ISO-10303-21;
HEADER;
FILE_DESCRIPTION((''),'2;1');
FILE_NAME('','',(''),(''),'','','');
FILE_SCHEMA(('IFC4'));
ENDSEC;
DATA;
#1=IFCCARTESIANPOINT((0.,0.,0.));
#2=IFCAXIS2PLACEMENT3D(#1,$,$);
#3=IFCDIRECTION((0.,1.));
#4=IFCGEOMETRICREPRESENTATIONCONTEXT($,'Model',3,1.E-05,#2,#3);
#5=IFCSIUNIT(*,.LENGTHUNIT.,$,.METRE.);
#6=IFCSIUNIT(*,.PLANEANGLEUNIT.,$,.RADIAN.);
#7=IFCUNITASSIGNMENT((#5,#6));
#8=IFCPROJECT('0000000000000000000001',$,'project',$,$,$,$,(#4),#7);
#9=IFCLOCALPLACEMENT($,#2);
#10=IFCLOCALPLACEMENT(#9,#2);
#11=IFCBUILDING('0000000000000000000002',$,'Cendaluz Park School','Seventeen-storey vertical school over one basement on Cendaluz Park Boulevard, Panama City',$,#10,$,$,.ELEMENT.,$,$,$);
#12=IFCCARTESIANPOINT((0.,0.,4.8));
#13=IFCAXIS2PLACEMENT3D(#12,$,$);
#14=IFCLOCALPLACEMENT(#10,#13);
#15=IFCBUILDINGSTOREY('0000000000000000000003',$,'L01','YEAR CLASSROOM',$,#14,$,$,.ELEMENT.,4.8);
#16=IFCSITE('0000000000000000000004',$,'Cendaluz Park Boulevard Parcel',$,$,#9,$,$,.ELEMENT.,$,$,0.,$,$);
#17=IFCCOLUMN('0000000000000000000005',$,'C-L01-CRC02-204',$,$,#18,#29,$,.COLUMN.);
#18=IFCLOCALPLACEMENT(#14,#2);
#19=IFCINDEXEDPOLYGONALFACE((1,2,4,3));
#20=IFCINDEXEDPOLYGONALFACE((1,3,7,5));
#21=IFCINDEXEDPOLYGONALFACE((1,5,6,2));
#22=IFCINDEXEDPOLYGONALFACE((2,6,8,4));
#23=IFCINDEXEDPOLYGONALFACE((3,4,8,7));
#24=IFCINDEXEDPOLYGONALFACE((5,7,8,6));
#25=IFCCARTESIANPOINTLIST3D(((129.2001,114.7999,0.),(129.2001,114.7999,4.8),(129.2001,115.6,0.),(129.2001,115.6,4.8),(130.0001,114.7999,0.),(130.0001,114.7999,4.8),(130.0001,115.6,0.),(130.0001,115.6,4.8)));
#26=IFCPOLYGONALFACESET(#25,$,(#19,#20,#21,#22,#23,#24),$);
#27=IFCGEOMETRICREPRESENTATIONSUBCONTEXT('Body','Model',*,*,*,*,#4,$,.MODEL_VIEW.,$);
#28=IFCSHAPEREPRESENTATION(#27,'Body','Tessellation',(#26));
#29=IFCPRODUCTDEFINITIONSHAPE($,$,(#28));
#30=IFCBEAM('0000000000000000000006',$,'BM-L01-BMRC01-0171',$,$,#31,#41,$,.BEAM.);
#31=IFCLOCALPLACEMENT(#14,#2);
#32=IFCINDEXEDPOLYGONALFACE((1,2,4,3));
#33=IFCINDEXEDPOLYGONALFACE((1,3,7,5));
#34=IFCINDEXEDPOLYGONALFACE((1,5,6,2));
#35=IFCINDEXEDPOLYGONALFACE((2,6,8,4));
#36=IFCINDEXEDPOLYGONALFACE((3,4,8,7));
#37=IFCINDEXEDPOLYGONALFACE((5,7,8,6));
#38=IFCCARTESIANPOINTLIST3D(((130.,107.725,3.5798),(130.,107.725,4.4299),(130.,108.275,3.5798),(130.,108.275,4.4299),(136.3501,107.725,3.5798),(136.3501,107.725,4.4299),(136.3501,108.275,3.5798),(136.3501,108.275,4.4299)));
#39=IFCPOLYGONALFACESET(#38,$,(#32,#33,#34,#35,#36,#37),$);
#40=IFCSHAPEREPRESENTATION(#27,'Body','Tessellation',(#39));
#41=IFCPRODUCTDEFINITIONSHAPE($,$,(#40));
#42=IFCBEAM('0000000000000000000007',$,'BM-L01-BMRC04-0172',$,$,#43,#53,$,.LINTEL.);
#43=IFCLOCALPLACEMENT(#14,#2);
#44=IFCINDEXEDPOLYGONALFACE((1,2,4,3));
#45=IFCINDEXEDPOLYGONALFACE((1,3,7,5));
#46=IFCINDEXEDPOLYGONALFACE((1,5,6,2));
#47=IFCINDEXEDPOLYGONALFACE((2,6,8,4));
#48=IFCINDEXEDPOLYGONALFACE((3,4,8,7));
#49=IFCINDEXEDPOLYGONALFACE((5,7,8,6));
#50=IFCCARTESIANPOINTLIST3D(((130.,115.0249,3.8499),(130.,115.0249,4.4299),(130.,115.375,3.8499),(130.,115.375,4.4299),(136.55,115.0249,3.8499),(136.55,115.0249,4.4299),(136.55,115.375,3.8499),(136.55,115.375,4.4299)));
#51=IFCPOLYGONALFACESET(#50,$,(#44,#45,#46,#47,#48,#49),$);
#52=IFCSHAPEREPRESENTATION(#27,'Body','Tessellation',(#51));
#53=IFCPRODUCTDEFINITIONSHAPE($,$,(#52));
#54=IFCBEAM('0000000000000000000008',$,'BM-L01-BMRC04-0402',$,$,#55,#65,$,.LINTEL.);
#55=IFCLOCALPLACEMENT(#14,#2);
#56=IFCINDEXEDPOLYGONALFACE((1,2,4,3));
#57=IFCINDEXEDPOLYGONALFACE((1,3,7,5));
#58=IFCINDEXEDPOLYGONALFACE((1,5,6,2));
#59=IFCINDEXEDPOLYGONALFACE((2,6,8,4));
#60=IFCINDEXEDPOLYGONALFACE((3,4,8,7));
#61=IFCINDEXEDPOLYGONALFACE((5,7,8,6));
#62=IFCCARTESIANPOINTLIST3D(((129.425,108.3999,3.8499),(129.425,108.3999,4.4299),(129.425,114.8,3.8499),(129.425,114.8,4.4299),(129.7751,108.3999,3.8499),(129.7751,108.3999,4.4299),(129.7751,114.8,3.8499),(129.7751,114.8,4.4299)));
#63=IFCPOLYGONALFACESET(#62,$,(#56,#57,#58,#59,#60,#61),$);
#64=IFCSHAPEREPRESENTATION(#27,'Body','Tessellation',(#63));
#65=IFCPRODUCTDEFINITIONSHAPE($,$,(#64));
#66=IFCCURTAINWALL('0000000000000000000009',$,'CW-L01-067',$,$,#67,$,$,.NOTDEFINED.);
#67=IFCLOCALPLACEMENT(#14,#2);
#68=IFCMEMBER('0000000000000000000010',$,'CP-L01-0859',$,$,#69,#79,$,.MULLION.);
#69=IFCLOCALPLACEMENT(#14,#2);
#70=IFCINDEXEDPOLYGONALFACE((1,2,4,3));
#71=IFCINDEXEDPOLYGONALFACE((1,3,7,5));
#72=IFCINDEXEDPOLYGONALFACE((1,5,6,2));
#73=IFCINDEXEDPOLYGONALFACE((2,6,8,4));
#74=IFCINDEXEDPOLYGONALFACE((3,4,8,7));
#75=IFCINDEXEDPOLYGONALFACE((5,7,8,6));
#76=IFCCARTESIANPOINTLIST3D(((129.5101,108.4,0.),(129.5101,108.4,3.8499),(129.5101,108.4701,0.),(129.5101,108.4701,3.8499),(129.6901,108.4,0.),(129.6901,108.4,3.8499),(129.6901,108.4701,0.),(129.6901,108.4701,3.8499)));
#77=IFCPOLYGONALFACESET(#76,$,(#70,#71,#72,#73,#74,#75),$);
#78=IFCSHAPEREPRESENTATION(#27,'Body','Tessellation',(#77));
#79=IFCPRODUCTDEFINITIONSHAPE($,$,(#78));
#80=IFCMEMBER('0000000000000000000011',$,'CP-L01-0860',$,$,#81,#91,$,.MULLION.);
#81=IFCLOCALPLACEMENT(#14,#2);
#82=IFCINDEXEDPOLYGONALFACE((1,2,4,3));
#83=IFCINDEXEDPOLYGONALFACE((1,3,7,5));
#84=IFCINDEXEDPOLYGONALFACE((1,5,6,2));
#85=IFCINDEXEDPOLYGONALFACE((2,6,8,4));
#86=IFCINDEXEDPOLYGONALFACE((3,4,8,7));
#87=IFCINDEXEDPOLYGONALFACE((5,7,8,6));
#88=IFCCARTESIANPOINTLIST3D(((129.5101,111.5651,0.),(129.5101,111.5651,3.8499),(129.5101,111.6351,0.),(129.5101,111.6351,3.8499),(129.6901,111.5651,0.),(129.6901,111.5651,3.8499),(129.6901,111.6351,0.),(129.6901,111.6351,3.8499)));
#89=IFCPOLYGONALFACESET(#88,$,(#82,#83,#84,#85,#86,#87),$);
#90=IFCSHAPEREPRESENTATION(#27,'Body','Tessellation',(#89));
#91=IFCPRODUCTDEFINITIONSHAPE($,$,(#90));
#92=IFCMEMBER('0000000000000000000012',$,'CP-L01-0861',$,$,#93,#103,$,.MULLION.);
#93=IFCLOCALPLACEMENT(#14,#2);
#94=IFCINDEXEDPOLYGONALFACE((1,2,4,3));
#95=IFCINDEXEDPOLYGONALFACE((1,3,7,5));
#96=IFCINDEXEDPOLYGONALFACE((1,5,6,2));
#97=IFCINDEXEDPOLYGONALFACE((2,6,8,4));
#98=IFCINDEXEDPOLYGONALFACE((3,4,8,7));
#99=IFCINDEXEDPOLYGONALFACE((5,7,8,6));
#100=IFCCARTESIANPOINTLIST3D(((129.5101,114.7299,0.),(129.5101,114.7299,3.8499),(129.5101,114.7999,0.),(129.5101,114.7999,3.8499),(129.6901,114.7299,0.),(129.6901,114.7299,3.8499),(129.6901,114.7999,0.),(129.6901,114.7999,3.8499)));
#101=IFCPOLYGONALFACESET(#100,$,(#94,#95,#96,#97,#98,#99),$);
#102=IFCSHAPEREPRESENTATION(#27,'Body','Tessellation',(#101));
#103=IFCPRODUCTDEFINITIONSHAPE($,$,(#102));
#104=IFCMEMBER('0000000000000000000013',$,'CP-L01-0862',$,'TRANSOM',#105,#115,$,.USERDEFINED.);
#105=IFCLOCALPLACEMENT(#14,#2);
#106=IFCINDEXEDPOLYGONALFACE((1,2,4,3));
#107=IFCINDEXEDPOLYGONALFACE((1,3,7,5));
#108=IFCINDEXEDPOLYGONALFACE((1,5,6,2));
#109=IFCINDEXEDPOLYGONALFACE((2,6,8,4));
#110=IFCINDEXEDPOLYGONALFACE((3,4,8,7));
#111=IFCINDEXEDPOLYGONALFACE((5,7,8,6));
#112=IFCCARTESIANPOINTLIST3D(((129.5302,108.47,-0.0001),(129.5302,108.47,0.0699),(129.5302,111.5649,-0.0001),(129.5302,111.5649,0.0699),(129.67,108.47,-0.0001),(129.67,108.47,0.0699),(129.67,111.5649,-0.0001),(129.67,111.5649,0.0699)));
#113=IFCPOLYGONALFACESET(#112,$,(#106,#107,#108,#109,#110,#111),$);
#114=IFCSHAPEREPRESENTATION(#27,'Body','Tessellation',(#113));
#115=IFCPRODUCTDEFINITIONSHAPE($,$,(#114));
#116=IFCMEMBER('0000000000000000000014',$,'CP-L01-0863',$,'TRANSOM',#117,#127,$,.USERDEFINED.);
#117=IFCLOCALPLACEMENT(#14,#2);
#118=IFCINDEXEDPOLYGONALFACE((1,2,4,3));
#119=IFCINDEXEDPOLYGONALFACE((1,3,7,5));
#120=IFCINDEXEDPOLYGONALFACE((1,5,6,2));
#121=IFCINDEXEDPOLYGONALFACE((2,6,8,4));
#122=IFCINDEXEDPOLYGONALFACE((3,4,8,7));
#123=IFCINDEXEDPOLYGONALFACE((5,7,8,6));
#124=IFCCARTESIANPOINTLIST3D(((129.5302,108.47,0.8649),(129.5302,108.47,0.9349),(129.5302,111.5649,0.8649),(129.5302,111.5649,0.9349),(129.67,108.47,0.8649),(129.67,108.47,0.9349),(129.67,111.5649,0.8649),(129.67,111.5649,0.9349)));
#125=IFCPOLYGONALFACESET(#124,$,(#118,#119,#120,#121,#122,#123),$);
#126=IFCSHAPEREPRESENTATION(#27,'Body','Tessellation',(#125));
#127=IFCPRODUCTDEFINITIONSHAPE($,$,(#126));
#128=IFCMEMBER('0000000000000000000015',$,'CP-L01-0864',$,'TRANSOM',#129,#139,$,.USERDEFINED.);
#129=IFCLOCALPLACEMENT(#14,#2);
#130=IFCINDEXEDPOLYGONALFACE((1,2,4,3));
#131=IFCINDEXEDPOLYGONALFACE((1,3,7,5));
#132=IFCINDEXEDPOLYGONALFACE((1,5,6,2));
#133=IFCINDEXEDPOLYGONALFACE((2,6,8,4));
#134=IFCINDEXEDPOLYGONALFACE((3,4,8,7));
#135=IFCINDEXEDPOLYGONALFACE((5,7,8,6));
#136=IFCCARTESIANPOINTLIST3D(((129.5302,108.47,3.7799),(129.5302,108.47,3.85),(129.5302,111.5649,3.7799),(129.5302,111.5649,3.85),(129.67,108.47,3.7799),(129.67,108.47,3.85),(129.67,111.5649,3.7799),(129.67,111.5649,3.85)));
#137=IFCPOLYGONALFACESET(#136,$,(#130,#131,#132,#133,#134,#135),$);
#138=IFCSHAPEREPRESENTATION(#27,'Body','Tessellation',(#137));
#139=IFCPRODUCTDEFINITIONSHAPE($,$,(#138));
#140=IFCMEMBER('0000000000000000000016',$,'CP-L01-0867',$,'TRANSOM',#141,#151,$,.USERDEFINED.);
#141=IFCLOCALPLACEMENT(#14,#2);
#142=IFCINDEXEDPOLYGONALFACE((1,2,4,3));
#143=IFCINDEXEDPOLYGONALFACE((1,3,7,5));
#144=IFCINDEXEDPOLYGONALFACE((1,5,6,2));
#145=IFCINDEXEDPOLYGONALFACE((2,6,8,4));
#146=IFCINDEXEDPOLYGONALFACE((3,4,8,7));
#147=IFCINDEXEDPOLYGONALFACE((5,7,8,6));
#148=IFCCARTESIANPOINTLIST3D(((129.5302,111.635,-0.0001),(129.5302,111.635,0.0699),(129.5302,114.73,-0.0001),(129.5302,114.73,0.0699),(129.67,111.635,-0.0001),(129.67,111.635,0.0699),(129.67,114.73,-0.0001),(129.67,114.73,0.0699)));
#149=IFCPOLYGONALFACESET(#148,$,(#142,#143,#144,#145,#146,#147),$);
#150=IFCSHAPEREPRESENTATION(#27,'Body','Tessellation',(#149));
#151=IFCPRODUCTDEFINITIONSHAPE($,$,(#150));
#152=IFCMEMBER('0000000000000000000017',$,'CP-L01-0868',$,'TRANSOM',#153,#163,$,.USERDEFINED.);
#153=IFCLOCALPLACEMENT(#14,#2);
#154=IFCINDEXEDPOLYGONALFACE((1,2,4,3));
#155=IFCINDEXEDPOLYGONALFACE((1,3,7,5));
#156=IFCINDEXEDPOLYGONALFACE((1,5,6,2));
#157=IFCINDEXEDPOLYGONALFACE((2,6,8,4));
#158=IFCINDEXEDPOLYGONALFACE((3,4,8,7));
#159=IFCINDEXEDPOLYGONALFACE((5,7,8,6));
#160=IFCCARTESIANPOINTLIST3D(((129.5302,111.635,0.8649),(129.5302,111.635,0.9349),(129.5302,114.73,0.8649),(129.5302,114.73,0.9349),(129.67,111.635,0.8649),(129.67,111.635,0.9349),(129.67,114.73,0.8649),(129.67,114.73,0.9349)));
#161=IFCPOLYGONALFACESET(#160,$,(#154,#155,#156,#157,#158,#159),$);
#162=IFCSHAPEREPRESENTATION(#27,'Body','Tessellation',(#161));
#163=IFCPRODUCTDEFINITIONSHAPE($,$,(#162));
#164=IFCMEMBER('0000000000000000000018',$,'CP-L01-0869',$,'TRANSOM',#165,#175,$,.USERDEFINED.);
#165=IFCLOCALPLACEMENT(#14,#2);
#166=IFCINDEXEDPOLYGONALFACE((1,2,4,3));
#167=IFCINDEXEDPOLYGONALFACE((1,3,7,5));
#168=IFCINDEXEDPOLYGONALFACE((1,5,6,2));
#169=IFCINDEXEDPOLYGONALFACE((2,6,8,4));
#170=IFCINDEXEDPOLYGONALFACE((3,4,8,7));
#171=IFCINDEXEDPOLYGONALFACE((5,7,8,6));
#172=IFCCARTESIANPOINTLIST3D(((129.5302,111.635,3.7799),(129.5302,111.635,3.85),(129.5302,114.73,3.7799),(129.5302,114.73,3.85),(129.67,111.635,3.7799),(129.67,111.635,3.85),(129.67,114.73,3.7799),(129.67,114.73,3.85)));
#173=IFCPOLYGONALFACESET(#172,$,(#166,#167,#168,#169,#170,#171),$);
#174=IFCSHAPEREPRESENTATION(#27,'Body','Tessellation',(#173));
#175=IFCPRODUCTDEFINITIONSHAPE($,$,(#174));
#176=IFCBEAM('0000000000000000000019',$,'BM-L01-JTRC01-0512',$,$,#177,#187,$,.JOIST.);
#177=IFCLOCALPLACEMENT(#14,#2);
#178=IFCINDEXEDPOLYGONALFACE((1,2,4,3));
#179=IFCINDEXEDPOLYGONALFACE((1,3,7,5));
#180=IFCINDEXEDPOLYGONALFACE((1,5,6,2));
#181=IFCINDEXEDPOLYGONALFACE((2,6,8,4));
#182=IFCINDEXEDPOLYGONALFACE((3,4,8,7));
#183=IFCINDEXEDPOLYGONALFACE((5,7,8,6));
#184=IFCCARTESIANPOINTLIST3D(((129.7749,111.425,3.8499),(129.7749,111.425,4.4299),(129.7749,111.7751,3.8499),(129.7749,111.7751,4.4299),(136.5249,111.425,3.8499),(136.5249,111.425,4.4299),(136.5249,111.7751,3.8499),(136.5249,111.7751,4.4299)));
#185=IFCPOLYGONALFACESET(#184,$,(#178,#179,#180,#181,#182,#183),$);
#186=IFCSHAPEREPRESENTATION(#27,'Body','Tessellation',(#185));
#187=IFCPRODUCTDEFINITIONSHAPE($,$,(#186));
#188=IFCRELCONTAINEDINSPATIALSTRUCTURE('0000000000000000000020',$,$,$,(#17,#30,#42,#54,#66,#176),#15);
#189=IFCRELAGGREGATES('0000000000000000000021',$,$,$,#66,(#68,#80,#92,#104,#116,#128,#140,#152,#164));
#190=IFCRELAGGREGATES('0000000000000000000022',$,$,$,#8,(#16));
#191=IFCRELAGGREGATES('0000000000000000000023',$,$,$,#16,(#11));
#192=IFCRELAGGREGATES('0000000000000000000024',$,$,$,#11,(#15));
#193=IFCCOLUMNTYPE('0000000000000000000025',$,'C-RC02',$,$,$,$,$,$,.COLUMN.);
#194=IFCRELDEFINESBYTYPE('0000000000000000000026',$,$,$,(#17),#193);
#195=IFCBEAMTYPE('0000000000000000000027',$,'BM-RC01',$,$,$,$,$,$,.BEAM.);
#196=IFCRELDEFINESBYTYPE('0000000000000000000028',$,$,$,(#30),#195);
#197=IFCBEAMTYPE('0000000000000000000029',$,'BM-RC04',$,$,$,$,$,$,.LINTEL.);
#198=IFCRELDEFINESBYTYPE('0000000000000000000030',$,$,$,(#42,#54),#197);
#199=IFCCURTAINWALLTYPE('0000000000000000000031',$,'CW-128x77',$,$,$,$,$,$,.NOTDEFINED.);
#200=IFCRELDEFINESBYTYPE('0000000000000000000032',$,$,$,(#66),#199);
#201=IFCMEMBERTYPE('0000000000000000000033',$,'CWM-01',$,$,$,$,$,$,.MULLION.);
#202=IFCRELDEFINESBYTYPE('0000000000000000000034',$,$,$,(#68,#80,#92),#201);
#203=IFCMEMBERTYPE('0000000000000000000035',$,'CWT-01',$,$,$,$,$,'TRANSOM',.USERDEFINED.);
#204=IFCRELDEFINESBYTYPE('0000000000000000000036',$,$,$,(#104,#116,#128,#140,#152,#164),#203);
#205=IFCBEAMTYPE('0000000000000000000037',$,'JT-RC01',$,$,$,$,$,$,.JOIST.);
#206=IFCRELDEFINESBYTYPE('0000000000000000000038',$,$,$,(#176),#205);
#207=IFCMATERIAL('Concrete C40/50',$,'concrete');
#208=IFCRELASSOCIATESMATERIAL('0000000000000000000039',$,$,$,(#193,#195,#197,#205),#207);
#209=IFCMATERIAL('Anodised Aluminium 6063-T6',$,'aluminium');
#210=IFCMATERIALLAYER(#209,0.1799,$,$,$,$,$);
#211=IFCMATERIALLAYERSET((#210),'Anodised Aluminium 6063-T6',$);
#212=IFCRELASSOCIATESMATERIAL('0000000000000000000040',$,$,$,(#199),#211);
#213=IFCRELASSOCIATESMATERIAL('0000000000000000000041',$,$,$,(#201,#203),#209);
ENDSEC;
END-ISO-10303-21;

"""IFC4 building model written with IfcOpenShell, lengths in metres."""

from ifc_helpers import new_model, si_unit, direction, frame, origin, origin_2d, place, context, subcontext, project, spatial, rectangle, extrude, material, layer, layer_set, material_profile, profile_set, type_object, element, aggregate, save


model = new_model("IFC4")

# Units and contexts
model_context = context("Model", 3, precision=1e-05, world=origin(), true_north=direction((0.0, 1.0)))
body_context = subcontext(model_context, "Body", "Model", "MODEL_VIEW")
ifc_project = project(units=[si_unit("LENGTHUNIT", "METRE"), si_unit("PLANEANGLEUNIT", "RADIAN")], contexts=[model_context])

# Site, building, storey
site_placement = place(None, origin())
site = spatial("IfcSite", under=ifc_project, at=site_placement, Name="Cendaluz Park Boulevard Parcel", CompositionType="ELEMENT", RefElevation=0.0)
building_placement = place(site_placement, origin())
building = spatial("IfcBuilding", under=site, at=building_placement, Name="Cendaluz Park School", Description="Seventeen-storey vertical school over one basement on Cendaluz Park Boulevard, Panama City", CompositionType="ELEMENT")
storey_placement = place(building_placement, frame((0.0, 0.0, 4.8)))
storey = spatial("IfcBuildingStorey", under=building, at=storey_placement, Name="L01", Description="YEAR CLASSROOM", CompositionType="ELEMENT", Elevation=4.8)

# Column
ifc_material_1 = material(Name="Concrete C40/50", Category="concrete")
ifc_material_profile_1 = material_profile(ifc_material_1, rectangle(XDim=0.8, YDim=0.8, at=origin_2d()), Name="RC 800x800", Category="concrete")
ifc_profile_set_1 = profile_set([ifc_material_profile_1], Name="Concrete C40/50")
column_type = type_object("IfcColumnType", Name="C-RC02", PredefinedType="COLUMN", material=ifc_profile_set_1)
column_placement = place(storey_placement, frame((129.6001, 115.2, 0.0), z_axis=(0.0, 0.0, 1.0), x_axis=(1.0, 0.0, 0.0)))
element("IfcColumn", 1, at=column_placement, inside=storey, type_object=column_type, Name="C-L01-CRC02-204", PredefinedType="COLUMN", context=body_context, shape_type="SweptSolid", body=[
    extrude(rectangle(XDim=0.8, YDim=0.8, at=origin_2d()), origin(), (0.0, 0.0, 1.0), 4.8),
])

# Beams
ifc_material_profile_2 = material_profile(ifc_material_1, rectangle(XDim=0.55, YDim=0.8501, at=origin_2d()), Name="RC 550x850", Category="concrete")
ifc_profile_set_2 = profile_set([ifc_material_profile_2], Name="Concrete C40/50")
beam_type_1 = type_object("IfcBeamType", Name="BM-RC01", PredefinedType="BEAM", material=ifc_profile_set_2)
beam_1_placement = place(storey_placement, frame((130.0, 108.0, 4.0049), z_axis=(1.0, 0.0, 0.0), x_axis=(0.0, 1.0, 0.0)))
element("IfcBeam", 2, at=beam_1_placement, inside=storey, type_object=beam_type_1, Name="BM-L01-BMRC01-0171", PredefinedType="BEAM", context=body_context, shape_type="SweptSolid", body=[
    extrude(rectangle(XDim=0.55, YDim=0.8501, at=origin_2d()), origin(), (0.0, 0.0, 1.0), 6.3501),
])
ifc_material_profile_3 = material_profile(ifc_material_1, rectangle(XDim=0.3501, YDim=0.5801, at=origin_2d()), Name="RC 350x580", Category="concrete")
ifc_profile_set_3 = profile_set([ifc_material_profile_3], Name="Concrete C40/50")
beam_type_2 = type_object("IfcBeamType", Name="BM-RC04", PredefinedType="LINTEL", material=ifc_profile_set_3)
beam_2_placement = place(storey_placement, frame((130.0, 115.2, 4.1399), z_axis=(1.0, 0.0, 0.0), x_axis=(0.0, 1.0, 0.0)))
element("IfcBeam", 3, at=beam_2_placement, inside=storey, type_object=beam_type_2, Name="BM-L01-BMRC04-0172", PredefinedType="LINTEL", context=body_context, shape_type="SweptSolid", body=[
    extrude(rectangle(XDim=0.3501, YDim=0.5801, at=origin_2d()), origin(), (0.0, 0.0, 1.0), 6.55),
])
beam_3_placement = place(storey_placement, frame((129.6001, 108.3999, 4.1399), z_axis=(0.0, 1.0, 0.0), x_axis=(-1.0, 0.0, 0.0)))
element("IfcBeam", 4, at=beam_3_placement, inside=storey, type_object=beam_type_2, Name="BM-L01-BMRC04-0402", PredefinedType="LINTEL", context=body_context, shape_type="SweptSolid", body=[
    extrude(rectangle(XDim=0.3501, YDim=0.5801, at=origin_2d()), origin(), (0.0, 0.0, 1.0), 6.4001),
])

# Curtain wall, members
ifc_material_2 = material(Name="Anodised Aluminium 6063-T6", Category="aluminium")
ifc_layer_1 = layer(ifc_material_2, 0.1799)
ifc_layer_set_1 = layer_set([ifc_layer_1], Name="Anodised Aluminium 6063-T6")
curtain_wall_type = type_object("IfcCurtainWallType", Name="CW-128x77", PredefinedType="NOTDEFINED", material=ifc_layer_set_1)
curtain_wall_placement = place(storey_placement, origin())
curtain_wall = element("IfcCurtainWall", 5, at=curtain_wall_placement, inside=storey, type_object=curtain_wall_type, Name="CW-L01-067", PredefinedType="NOTDEFINED")
ifc_material_profile_4 = material_profile(ifc_material_2, rectangle(XDim=0.1799, YDim=0.0701, at=origin_2d()), Name="CWM 180x70", Category="aluminium")
ifc_profile_set_4 = profile_set([ifc_material_profile_4], Name="Anodised Aluminium 6063-T6")
member_type_1 = type_object("IfcMemberType", Name="CWM-01", PredefinedType="MULLION", material=ifc_profile_set_4)
member_1_placement = place(storey_placement, frame((129.6001, 108.4351, 0.0), z_axis=(0.0, 0.0, 1.0), x_axis=(-1.0, 0.0, 0.0)))
member_1 = element("IfcMember", 6, at=member_1_placement, type_object=member_type_1, Name="CP-L01-0859", PredefinedType="MULLION", context=body_context, shape_type="SweptSolid", body=[
    extrude(rectangle(XDim=0.1799, YDim=0.0701, at=origin_2d()), origin(), (0.0, 0.0, 1.0), 3.8499),
])
member_2_placement = place(storey_placement, frame((129.6001, 111.6001, 0.0), z_axis=(0.0, 0.0, 1.0), x_axis=(-1.0, 0.0, 0.0)))
member_2 = element("IfcMember", 7, at=member_2_placement, type_object=member_type_1, Name="CP-L01-0860", PredefinedType="MULLION", context=body_context, shape_type="SweptSolid", body=[
    extrude(rectangle(XDim=0.1799, YDim=0.0701, at=origin_2d()), origin(), (0.0, 0.0, 1.0), 3.8499),
])
member_3_placement = place(storey_placement, frame((129.6001, 114.7649, 0.0), z_axis=(0.0, 0.0, 1.0), x_axis=(-1.0, 0.0, 0.0)))
member_3 = element("IfcMember", 8, at=member_3_placement, type_object=member_type_1, Name="CP-L01-0861", PredefinedType="MULLION", context=body_context, shape_type="SweptSolid", body=[
    extrude(rectangle(XDim=0.1799, YDim=0.0701, at=origin_2d()), origin(), (0.0, 0.0, 1.0), 3.8499),
])
ifc_material_profile_5 = material_profile(ifc_material_2, rectangle(XDim=0.1399, YDim=0.0701, at=origin_2d()), Name="CWT 140x70", Category="aluminium")
ifc_profile_set_5 = profile_set([ifc_material_profile_5], Name="Anodised Aluminium 6063-T6")
member_type_2 = type_object("IfcMemberType", Name="CWT-01", ElementType="TRANSOM", PredefinedType="USERDEFINED", material=ifc_profile_set_5)
member_4_placement = place(storey_placement, frame((129.6001, 108.47, 0.0349), z_axis=(0.0, 1.0, 0.0), x_axis=(-1.0, 0.0, 0.0)))
member_4 = element("IfcMember", 9, at=member_4_placement, type_object=member_type_2, Name="CP-L01-0862", ObjectType="TRANSOM", PredefinedType="USERDEFINED", context=body_context, shape_type="SweptSolid", body=[
    extrude(rectangle(XDim=0.1399, YDim=0.0701, at=origin_2d()), origin(), (0.0, 0.0, 1.0), 3.095),
])
member_5_placement = place(storey_placement, frame((129.6001, 108.47, 0.8999), z_axis=(0.0, 1.0, 0.0), x_axis=(-1.0, 0.0, 0.0)))
member_5 = element("IfcMember", 10, at=member_5_placement, type_object=member_type_2, Name="CP-L01-0863", ObjectType="TRANSOM", PredefinedType="USERDEFINED", context=body_context, shape_type="SweptSolid", body=[
    extrude(rectangle(XDim=0.1399, YDim=0.0701, at=origin_2d()), origin(), (0.0, 0.0, 1.0), 3.095),
])
member_6_placement = place(storey_placement, frame((129.6001, 108.47, 3.8149), z_axis=(0.0, 1.0, 0.0), x_axis=(-1.0, 0.0, 0.0)))
member_6 = element("IfcMember", 11, at=member_6_placement, type_object=member_type_2, Name="CP-L01-0864", ObjectType="TRANSOM", PredefinedType="USERDEFINED", context=body_context, shape_type="SweptSolid", body=[
    extrude(rectangle(XDim=0.1399, YDim=0.0701, at=origin_2d()), origin(), (0.0, 0.0, 1.0), 3.095),
])
member_7_placement = place(storey_placement, frame((129.6001, 111.635, 0.0349), z_axis=(0.0, 1.0, 0.0), x_axis=(-1.0, 0.0, 0.0)))
member_7 = element("IfcMember", 12, at=member_7_placement, type_object=member_type_2, Name="CP-L01-0867", ObjectType="TRANSOM", PredefinedType="USERDEFINED", context=body_context, shape_type="SweptSolid", body=[
    extrude(rectangle(XDim=0.1399, YDim=0.0701, at=origin_2d()), origin(), (0.0, 0.0, 1.0), 3.095),
])
member_8_placement = place(storey_placement, frame((129.6001, 111.635, 0.8999), z_axis=(0.0, 1.0, 0.0), x_axis=(-1.0, 0.0, 0.0)))
member_8 = element("IfcMember", 13, at=member_8_placement, type_object=member_type_2, Name="CP-L01-0868", ObjectType="TRANSOM", PredefinedType="USERDEFINED", context=body_context, shape_type="SweptSolid", body=[
    extrude(rectangle(XDim=0.1399, YDim=0.0701, at=origin_2d()), origin(), (0.0, 0.0, 1.0), 3.095),
])
member_9_placement = place(storey_placement, frame((129.6001, 111.635, 3.8149), z_axis=(0.0, 1.0, 0.0), x_axis=(-1.0, 0.0, 0.0)))
member_9 = element("IfcMember", 14, at=member_9_placement, type_object=member_type_2, Name="CP-L01-0869", ObjectType="TRANSOM", PredefinedType="USERDEFINED", context=body_context, shape_type="SweptSolid", body=[
    extrude(rectangle(XDim=0.1399, YDim=0.0701, at=origin_2d()), origin(), (0.0, 0.0, 1.0), 3.095),
])

# Beam
ifc_material_profile_6 = material_profile(ifc_material_1, rectangle(XDim=0.3501, YDim=0.5801, at=origin_2d()), Name="RC 350x580", Category="concrete")
ifc_profile_set_6 = profile_set([ifc_material_profile_6], Name="Concrete C40/50")
beam_type_3 = type_object("IfcBeamType", Name="JT-RC01", PredefinedType="JOIST", material=ifc_profile_set_6)
beam_4_placement = place(storey_placement, frame((129.7749, 111.6001, 4.1399), z_axis=(1.0, 0.0, 0.0), x_axis=(0.0, 1.0, 0.0)))
element("IfcBeam", 15, at=beam_4_placement, inside=storey, type_object=beam_type_3, Name="BM-L01-JTRC01-0512", PredefinedType="JOIST", context=body_context, shape_type="SweptSolid", body=[
    extrude(rectangle(XDim=0.3501, YDim=0.5801, at=origin_2d()), origin(), (0.0, 0.0, 1.0), 6.75),
])

aggregate(curtain_wall, [member_1, member_2, member_3, member_4, member_5, member_6, member_7, member_8, member_9])

save(model, "model.ifc")
